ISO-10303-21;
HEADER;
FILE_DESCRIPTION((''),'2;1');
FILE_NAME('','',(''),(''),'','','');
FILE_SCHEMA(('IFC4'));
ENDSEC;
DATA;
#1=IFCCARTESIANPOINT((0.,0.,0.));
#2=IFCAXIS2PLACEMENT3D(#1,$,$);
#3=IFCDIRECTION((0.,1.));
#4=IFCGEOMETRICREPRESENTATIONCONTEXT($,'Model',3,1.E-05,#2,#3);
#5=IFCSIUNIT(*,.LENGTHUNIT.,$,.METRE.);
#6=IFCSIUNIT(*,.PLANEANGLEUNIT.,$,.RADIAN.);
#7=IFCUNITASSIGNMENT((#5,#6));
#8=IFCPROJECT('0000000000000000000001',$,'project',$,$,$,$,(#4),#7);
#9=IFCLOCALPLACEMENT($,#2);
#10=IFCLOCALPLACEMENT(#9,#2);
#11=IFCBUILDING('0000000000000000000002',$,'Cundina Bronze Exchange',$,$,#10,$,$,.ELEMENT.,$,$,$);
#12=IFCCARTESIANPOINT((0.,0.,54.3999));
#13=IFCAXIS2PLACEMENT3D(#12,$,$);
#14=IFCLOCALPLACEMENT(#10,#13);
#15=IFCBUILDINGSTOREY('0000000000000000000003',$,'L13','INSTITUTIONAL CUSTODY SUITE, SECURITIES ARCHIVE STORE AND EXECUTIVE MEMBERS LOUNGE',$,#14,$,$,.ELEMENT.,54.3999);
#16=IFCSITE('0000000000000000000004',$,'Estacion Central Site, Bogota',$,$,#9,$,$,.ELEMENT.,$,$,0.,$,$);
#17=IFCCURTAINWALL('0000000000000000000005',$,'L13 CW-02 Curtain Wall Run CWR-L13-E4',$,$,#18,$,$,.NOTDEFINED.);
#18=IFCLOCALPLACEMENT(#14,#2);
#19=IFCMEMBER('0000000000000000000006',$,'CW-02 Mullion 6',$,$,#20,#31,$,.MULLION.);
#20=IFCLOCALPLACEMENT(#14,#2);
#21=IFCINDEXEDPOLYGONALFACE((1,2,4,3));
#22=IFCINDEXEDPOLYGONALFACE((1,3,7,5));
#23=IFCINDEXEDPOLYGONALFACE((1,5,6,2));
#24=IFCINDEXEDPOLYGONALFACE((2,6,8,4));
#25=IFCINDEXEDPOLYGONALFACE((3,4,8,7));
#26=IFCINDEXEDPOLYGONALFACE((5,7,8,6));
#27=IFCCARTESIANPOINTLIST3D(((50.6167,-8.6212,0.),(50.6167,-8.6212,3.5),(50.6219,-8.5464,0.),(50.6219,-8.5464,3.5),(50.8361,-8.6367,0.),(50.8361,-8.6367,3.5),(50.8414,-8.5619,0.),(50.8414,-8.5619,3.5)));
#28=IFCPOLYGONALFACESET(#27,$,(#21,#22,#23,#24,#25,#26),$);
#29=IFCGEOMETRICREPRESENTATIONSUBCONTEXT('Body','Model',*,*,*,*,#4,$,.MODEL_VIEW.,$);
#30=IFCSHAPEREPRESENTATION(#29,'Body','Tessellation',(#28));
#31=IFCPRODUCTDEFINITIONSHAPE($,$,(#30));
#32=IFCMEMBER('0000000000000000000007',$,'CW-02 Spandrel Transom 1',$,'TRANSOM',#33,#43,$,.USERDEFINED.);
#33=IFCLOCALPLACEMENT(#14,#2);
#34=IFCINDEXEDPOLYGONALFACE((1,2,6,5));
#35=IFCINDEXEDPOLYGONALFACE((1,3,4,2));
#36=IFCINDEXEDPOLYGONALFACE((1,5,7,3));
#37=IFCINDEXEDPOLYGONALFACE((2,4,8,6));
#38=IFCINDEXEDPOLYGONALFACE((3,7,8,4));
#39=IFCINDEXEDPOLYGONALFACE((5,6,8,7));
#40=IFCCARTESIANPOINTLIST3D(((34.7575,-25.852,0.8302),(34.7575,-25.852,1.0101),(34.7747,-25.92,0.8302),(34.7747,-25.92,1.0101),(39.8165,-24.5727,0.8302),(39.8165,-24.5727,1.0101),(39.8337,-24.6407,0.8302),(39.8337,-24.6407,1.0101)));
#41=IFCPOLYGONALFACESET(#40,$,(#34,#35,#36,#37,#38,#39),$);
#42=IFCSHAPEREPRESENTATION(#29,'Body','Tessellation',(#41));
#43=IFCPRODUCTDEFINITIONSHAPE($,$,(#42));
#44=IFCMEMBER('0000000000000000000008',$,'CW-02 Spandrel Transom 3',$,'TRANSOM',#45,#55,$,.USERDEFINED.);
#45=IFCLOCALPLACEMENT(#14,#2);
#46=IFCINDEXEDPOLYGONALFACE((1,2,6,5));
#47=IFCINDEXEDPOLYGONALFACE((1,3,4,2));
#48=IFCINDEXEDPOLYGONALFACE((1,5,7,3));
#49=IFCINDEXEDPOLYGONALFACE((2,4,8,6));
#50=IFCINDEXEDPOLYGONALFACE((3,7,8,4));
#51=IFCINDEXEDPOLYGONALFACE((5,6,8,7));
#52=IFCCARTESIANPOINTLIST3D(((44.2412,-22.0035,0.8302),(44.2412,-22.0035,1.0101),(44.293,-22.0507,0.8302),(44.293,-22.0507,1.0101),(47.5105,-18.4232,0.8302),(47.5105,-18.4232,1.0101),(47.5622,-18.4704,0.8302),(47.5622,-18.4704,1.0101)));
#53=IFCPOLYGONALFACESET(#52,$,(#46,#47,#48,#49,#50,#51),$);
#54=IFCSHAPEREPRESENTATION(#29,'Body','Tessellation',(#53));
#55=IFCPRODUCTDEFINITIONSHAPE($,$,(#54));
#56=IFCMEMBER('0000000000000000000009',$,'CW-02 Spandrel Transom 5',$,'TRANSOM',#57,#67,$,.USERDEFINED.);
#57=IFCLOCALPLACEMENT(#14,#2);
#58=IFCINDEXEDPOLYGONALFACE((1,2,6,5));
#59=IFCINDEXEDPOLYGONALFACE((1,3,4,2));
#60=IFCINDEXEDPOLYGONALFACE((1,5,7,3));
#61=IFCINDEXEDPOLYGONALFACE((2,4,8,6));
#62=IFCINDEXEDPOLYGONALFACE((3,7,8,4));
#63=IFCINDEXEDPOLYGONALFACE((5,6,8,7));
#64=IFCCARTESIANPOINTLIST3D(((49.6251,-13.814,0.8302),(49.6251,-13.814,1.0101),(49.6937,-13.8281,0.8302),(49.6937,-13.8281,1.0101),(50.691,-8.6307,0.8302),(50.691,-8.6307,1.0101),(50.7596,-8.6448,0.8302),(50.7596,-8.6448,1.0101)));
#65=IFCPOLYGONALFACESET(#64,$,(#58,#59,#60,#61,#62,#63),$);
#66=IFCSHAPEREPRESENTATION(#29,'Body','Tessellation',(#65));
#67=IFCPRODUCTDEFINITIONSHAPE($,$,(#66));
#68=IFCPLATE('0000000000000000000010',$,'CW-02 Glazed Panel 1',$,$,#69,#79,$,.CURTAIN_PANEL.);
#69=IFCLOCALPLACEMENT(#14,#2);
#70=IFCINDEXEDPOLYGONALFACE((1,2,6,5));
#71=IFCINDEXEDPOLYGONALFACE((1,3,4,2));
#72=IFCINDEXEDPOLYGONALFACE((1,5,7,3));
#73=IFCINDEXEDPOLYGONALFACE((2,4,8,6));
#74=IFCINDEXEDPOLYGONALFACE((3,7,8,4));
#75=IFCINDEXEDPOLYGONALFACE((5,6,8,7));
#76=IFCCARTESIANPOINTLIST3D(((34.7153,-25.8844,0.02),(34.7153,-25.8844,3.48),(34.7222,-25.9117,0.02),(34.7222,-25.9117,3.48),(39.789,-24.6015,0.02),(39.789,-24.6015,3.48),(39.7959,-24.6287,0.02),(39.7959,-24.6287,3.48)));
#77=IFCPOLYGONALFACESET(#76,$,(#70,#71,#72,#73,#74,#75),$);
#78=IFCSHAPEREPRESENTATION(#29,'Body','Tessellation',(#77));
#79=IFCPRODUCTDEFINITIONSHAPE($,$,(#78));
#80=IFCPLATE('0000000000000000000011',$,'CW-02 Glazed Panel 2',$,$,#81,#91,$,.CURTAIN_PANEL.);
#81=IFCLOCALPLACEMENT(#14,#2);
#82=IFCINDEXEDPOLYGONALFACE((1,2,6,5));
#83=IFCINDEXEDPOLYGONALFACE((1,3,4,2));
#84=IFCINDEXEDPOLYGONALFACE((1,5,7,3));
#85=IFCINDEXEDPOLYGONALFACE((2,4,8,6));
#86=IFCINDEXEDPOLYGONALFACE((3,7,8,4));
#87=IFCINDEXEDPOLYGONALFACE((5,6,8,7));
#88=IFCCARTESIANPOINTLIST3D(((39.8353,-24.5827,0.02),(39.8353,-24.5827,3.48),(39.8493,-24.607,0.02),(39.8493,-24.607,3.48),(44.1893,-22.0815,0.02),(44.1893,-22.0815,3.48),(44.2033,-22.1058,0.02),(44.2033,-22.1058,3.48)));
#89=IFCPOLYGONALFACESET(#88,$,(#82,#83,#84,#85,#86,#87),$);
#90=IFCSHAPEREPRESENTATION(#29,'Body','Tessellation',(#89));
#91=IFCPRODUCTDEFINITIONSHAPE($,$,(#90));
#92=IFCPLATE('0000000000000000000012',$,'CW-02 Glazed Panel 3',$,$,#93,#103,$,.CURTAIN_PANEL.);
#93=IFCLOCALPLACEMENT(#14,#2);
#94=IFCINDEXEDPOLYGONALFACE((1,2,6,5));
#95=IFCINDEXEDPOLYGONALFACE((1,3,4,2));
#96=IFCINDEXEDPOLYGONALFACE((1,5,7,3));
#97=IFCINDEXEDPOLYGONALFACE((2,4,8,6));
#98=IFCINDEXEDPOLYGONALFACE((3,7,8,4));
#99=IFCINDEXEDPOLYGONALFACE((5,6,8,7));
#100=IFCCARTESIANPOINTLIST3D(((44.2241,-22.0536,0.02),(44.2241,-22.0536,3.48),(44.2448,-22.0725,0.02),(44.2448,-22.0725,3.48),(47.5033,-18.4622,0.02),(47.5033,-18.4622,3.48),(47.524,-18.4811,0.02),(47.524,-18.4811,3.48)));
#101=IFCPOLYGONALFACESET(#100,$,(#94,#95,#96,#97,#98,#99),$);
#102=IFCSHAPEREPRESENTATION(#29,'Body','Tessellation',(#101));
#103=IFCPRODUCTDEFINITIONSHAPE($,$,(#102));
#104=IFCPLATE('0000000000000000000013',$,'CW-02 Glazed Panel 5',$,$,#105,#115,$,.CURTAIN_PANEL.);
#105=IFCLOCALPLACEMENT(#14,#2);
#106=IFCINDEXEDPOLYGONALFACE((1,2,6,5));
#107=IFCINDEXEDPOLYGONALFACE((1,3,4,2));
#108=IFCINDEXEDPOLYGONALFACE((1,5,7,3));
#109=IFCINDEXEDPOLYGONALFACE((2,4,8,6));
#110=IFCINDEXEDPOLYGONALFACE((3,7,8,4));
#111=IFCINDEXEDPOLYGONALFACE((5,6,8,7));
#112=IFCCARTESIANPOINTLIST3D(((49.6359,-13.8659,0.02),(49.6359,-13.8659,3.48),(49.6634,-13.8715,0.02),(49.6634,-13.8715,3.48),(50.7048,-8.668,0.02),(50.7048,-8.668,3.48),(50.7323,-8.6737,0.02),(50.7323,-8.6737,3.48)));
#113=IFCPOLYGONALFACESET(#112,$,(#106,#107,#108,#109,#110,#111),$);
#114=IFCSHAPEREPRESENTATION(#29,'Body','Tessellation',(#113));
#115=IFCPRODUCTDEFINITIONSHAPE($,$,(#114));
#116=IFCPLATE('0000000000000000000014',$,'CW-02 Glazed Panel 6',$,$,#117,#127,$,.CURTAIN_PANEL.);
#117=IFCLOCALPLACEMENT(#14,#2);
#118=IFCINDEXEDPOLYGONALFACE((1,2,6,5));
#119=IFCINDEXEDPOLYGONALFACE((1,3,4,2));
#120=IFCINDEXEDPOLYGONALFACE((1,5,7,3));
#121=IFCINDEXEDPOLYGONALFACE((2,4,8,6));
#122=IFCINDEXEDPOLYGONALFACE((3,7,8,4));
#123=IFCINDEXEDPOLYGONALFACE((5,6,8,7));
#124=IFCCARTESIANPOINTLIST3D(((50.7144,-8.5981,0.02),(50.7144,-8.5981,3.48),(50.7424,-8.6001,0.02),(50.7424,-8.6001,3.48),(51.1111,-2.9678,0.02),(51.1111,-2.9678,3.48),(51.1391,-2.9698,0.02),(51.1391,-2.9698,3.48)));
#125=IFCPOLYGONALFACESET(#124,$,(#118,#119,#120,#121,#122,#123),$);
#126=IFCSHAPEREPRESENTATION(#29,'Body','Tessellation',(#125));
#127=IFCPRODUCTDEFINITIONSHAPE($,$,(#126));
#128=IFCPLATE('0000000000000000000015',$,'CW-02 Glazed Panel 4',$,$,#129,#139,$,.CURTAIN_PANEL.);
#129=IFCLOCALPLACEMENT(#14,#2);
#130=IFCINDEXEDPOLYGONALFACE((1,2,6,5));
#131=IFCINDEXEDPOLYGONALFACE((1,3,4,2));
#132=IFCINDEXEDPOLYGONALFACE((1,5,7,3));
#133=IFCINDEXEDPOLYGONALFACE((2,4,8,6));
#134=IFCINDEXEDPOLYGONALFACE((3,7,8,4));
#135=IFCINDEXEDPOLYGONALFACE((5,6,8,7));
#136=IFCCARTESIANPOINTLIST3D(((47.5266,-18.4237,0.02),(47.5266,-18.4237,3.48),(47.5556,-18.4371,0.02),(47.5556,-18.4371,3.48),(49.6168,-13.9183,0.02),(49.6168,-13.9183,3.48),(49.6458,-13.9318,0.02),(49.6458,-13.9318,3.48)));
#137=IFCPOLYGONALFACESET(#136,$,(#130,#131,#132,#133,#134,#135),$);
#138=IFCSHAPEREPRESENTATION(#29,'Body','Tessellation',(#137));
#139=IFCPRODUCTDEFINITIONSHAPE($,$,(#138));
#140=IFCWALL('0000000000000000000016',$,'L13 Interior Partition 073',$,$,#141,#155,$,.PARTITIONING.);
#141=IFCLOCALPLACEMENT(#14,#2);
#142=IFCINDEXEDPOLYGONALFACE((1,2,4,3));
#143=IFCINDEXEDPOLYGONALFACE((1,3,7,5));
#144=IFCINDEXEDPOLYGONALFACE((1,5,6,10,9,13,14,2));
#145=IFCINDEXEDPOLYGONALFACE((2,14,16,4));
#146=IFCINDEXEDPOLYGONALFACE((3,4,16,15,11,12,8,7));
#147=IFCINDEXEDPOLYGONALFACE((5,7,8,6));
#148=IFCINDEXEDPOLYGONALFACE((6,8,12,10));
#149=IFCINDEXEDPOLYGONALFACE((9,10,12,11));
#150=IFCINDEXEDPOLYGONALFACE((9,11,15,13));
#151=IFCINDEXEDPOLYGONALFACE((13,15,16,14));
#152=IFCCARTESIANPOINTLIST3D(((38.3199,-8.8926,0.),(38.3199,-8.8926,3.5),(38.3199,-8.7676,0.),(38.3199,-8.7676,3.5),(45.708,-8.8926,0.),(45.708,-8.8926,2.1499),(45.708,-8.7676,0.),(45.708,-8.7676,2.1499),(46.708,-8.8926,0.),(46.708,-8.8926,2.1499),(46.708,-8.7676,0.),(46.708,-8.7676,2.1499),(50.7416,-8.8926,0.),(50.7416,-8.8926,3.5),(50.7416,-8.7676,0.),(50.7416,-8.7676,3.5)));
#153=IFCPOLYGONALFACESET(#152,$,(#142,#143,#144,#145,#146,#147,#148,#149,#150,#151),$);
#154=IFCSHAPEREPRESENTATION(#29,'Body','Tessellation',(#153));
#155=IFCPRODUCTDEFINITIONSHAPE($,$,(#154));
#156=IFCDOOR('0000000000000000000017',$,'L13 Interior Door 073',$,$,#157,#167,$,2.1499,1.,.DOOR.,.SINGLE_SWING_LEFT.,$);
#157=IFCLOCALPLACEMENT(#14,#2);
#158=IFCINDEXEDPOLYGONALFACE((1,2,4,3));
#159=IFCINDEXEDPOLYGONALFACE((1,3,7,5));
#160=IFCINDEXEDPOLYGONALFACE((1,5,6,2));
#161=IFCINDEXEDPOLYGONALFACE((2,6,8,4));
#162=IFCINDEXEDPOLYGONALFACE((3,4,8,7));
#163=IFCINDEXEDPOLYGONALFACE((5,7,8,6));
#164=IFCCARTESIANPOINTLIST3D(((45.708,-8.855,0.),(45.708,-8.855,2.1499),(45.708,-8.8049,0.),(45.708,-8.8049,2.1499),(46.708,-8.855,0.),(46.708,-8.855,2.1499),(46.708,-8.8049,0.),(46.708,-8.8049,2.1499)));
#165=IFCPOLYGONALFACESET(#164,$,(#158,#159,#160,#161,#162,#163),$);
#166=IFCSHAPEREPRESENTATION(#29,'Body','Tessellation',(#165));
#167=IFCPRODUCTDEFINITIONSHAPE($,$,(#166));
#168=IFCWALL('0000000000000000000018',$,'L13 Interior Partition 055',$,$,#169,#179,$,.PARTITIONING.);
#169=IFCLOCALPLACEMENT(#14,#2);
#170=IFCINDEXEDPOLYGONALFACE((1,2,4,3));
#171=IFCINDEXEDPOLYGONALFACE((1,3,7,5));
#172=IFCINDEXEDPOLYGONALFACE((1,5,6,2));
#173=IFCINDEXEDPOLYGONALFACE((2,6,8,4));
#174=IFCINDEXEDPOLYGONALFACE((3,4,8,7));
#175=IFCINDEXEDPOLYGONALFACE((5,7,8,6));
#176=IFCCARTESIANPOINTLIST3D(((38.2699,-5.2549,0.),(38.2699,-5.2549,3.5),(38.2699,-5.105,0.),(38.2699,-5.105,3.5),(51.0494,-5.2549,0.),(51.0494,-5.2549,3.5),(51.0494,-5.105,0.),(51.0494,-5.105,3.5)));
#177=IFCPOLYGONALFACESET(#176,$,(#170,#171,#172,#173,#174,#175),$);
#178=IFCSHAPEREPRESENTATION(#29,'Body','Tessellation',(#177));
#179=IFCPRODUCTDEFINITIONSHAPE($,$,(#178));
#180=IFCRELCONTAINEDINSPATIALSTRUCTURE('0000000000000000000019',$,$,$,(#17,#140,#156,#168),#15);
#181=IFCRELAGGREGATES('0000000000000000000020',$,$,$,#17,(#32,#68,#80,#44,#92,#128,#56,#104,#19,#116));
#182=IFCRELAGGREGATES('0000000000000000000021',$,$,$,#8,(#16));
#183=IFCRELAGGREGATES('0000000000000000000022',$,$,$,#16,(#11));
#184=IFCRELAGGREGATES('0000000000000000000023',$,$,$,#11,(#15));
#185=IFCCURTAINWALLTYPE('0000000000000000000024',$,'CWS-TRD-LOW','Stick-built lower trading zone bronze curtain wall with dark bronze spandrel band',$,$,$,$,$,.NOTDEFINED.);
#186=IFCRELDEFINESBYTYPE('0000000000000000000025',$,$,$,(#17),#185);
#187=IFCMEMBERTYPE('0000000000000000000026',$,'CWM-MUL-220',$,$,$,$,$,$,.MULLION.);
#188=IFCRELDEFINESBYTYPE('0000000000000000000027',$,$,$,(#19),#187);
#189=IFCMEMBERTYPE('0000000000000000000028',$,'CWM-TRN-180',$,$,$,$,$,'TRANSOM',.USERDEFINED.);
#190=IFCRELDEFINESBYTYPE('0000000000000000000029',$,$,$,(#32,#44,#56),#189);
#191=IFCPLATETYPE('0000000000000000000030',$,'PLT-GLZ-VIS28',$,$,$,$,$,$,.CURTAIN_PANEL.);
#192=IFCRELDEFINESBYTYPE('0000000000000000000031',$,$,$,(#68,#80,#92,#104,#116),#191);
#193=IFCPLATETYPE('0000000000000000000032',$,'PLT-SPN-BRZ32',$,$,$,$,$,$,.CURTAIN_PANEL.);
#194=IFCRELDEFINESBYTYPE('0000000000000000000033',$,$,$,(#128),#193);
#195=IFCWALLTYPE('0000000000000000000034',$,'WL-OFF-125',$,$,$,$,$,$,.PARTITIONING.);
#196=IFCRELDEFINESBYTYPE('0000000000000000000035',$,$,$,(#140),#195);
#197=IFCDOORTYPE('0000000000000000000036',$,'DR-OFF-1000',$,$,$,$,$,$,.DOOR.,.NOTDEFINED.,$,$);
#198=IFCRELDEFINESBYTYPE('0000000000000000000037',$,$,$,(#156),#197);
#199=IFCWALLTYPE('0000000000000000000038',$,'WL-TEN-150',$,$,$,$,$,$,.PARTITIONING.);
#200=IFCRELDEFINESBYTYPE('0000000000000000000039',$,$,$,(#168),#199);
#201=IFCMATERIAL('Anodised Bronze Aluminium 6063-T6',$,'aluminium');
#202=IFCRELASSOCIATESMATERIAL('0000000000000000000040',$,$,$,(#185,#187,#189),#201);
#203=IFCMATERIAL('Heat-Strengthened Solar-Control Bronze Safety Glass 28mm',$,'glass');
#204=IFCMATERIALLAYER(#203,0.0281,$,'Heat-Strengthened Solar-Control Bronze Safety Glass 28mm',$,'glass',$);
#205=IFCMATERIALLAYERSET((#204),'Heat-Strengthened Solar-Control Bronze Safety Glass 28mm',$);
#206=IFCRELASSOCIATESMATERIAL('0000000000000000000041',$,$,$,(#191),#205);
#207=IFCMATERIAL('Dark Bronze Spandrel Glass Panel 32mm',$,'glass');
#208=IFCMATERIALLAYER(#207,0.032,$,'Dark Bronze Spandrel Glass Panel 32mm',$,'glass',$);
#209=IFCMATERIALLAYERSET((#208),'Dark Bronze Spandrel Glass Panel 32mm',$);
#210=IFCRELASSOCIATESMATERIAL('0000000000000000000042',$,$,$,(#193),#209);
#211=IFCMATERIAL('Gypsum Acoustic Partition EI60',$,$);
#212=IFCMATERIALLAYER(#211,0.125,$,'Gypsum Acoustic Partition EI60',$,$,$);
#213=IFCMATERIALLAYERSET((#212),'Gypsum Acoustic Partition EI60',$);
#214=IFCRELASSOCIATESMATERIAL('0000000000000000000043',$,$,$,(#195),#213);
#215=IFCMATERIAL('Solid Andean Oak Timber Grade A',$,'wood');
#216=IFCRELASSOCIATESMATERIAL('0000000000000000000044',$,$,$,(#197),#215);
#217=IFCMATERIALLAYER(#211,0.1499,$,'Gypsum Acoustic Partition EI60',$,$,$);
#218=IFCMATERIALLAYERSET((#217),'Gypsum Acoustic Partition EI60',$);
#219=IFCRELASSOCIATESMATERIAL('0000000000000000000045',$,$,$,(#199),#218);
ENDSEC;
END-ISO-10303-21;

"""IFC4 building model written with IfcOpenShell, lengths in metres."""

from ifc_helpers import new_model, si_unit, direction, frame, frame_2d, origin, origin_2d, place, context, subcontext, project, spatial, rectangle, extrude, material, layer, layer_set, material_profile, profile_set, type_object, element, fill, aggregate, save


model = new_model("IFC4")

# Units and contexts
model_context = context("Model", 3, precision=1e-05, world=origin(), true_north=direction((0.0, 1.0)))
body_context = subcontext(model_context, "Body", "Model", "MODEL_VIEW")
ifc_project = project(units=[si_unit("LENGTHUNIT", "METRE"), si_unit("PLANEANGLEUNIT", "RADIAN")], contexts=[model_context])

# Site, building, storey
site_placement = place(None, origin())
site = spatial("IfcSite", under=ifc_project, at=site_placement, Name="Estacion Central Site, Bogota", CompositionType="ELEMENT", RefElevation=0.0)
building_placement = place(site_placement, origin())
building = spatial("IfcBuilding", under=site, at=building_placement, Name="Cundina Bronze Exchange", CompositionType="ELEMENT")
storey_placement = place(building_placement, frame((0.0, 0.0, 54.3999)))
storey = spatial("IfcBuildingStorey", under=building, at=storey_placement, Name="L13", Description="INSTITUTIONAL CUSTODY SUITE, SECURITIES ARCHIVE STORE AND EXECUTIVE MEMBERS LOUNGE", CompositionType="ELEMENT", Elevation=54.3999)

# Curtain wall, members, plates
ifc_material_1 = material(Name="Anodised Bronze Aluminium 6063-T6", Category="aluminium")
curtain_wall_type = type_object("IfcCurtainWallType", Name="CWS-TRD-LOW", Description="Stick-built lower trading zone bronze curtain wall with dark bronze spandrel band", PredefinedType="NOTDEFINED", material=ifc_material_1)
curtain_wall_placement = place(storey_placement, origin())
curtain_wall = element("IfcCurtainWall", 1, at=curtain_wall_placement, inside=storey, type_object=curtain_wall_type, Name="L13 CW-02 Curtain Wall Run CWR-L13-E4", PredefinedType="NOTDEFINED")
ifc_material_profile_1 = material_profile(ifc_material_1, rectangle(XDim=0.075, YDim=0.22, at=origin_2d()), Name="AL75X220", Category="aluminium")
ifc_profile_set_1 = profile_set([ifc_material_profile_1], Name="Anodised Bronze Aluminium 6063-T6")
member_type_1 = type_object("IfcMemberType", Name="CWM-MUL-220", PredefinedType="MULLION", material=ifc_profile_set_1)
member_1_placement = place(storey_placement, frame((50.729, -8.5916, 0.0), z_axis=(0.0, 0.0, 1.0), x_axis=(0.070279, 0.997527, 0.0)))
member_1 = element("IfcMember", 2, at=member_1_placement, type_object=member_type_1, Name="CW-02 Mullion 6", PredefinedType="MULLION", context=body_context, shape_type="SweptSolid", body=[
    extrude(rectangle(XDim=0.075, YDim=0.22, at=origin_2d()), origin(), (0.0, 0.0, 1.0), 3.5),
])
ifc_material_profile_2 = material_profile(ifc_material_1, rectangle(XDim=0.0701, YDim=0.1799, at=origin_2d()), Name="AL70X180", Category="aluminium")
ifc_profile_set_2 = profile_set([ifc_material_profile_2], Name="Anodised Bronze Aluminium 6063-T6")
member_type_2 = type_object("IfcMemberType", Name="CWM-TRN-180", ElementType="TRANSOM", PredefinedType="USERDEFINED", material=ifc_profile_set_2)
member_2_placement = place(storey_placement, frame((34.7661, -25.886, 0.9202), z_axis=(0.969484, 0.245155, 0.0), x_axis=(-0.245155, 0.969484, 0.0)))
member_2 = element("IfcMember", 3, at=member_2_placement, type_object=member_type_2, Name="CW-02 Spandrel Transom 1", ObjectType="TRANSOM", PredefinedType="USERDEFINED", context=body_context, shape_type="SweptSolid", body=[
    extrude(rectangle(XDim=0.0701, YDim=0.1799, at=origin_2d()), origin(), (0.0, 0.0, 1.0), 5.2183),
])
member_3_placement = place(storey_placement, frame((44.2671, -22.0271, 0.9202), z_axis=(0.674303, 0.738455, 0.0), x_axis=(-0.738455, 0.674303, 0.0)))
member_3 = element("IfcMember", 4, at=member_3_placement, type_object=member_type_2, Name="CW-02 Spandrel Transom 3", ObjectType="TRANSOM", PredefinedType="USERDEFINED", context=body_context, shape_type="SweptSolid", body=[
    extrude(rectangle(XDim=0.0701, YDim=0.1799, at=origin_2d()), origin(), (0.0, 0.0, 1.0), 4.8484),
])
member_4_placement = place(storey_placement, frame((49.6594, -13.821, 0.9202), z_axis=(0.201428, 0.979503, 0.0), x_axis=(-0.979503, 0.201428, 0.0)))
member_4 = element("IfcMember", 5, at=member_4_placement, type_object=member_type_2, Name="CW-02 Spandrel Transom 5", ObjectType="TRANSOM", PredefinedType="USERDEFINED", context=body_context, shape_type="SweptSolid", body=[
    extrude(rectangle(XDim=0.0701, YDim=0.1799, at=origin_2d()), origin(), (0.0, 0.0, 1.0), 5.2917),
])
ifc_material_2 = material(Name="Heat-Strengthened Solar-Control Bronze Safety Glass 28mm", Category="glass")
ifc_layer_1 = layer(ifc_material_2, 0.0281, Name="Heat-Strengthened Solar-Control Bronze Safety Glass 28mm", Category="glass")
ifc_layer_set_1 = layer_set([ifc_layer_1], Name="Heat-Strengthened Solar-Control Bronze Safety Glass 28mm")
plate_type_1 = type_object("IfcPlateType", Name="PLT-GLZ-VIS28", PredefinedType="CURTAIN_PANEL", material=ifc_layer_set_1)
plate_1_placement = place(storey_placement, frame((37.2556, -25.2566, 0.02), z_axis=(0.0, 0.0, 1.0), x_axis=(0.969488, 0.245138, 0.0)))
plate_1 = element("IfcPlate", 6, at=plate_1_placement, type_object=plate_type_1, Name="CW-02 Glazed Panel 1", PredefinedType="CURTAIN_PANEL", context=body_context, shape_type="SweptSolid", body=[
    extrude(rectangle(XDim=5.2334, YDim=0.0281, at=origin_2d()), origin(), (0.0, 0.0, 1.0), 3.46),
])
plate_2_placement = place(storey_placement, frame((42.0193, -23.3442, 0.02), z_axis=(0.0, 0.0, 1.0), x_axis=(0.867105, 0.498125, 0.0)))
plate_2 = element("IfcPlate", 7, at=plate_2_placement, type_object=plate_type_1, Name="CW-02 Glazed Panel 2", PredefinedType="CURTAIN_PANEL", context=body_context, shape_type="SweptSolid", body=[
    extrude(rectangle(XDim=5.0212, YDim=0.0281, at=origin_2d()), origin(), (0.0, 0.0, 1.0), 3.46),
])
plate_3_placement = place(storey_placement, frame((45.874, -20.2673, 0.02), z_axis=(0.0, 0.0, 1.0), x_axis=(0.674277, 0.738479, 0.0)))
plate_3 = element("IfcPlate", 8, at=plate_3_placement, type_object=plate_type_1, Name="CW-02 Glazed Panel 3", PredefinedType="CURTAIN_PANEL", context=body_context, shape_type="SweptSolid", body=[
    extrude(rectangle(XDim=4.8633, YDim=0.0281, at=origin_2d()), origin(), (0.0, 0.0, 1.0), 3.46),
])
plate_4_placement = place(storey_placement, frame((50.1841, -11.2698, 0.02), z_axis=(0.0, 0.0, 1.0), x_axis=(0.20142, 0.979505, 0.0)))
plate_4 = element("IfcPlate", 9, at=plate_4_placement, type_object=plate_type_1, Name="CW-02 Glazed Panel 5", PredefinedType="CURTAIN_PANEL", context=body_context, shape_type="SweptSolid", body=[
    extrude(rectangle(XDim=5.3066, YDim=0.0281, at=origin_2d()), origin(), (0.0, 0.0, 1.0), 3.46),
])
plate_5_placement = place(storey_placement, frame((50.9268, -5.7839, 0.02), z_axis=(0.0, 0.0, 1.0), x_axis=(0.070279, 0.997527, 0.0)))
plate_5 = element("IfcPlate", 10, at=plate_5_placement, type_object=plate_type_1, Name="CW-02 Glazed Panel 6", PredefinedType="CURTAIN_PANEL", context=body_context, shape_type="SweptSolid", body=[
    extrude(rectangle(XDim=5.6443, YDim=0.0281, at=origin_2d()), origin(), (0.0, 0.0, 1.0), 3.46),
])
ifc_material_3 = material(Name="Dark Bronze Spandrel Glass Panel 32mm", Category="glass")
ifc_layer_2 = layer(ifc_material_3, 0.032, Name="Dark Bronze Spandrel Glass Panel 32mm", Category="glass")
ifc_layer_set_2 = layer_set([ifc_layer_2], Name="Dark Bronze Spandrel Glass Panel 32mm")
plate_type_2 = type_object("IfcPlateType", Name="PLT-SPN-BRZ32", PredefinedType="CURTAIN_PANEL", material=ifc_layer_set_2)
plate_6_placement = place(storey_placement, frame((48.5862, -16.1777, 0.02), z_axis=(0.0, 0.0, 1.0), x_axis=(0.420846, 0.907132, 0.0)))
plate_6 = element("IfcPlate", 11, at=plate_6_placement, type_object=plate_type_2, Name="CW-02 Glazed Panel 4", PredefinedType="CURTAIN_PANEL", context=body_context, shape_type="SweptSolid", body=[
    extrude(rectangle(XDim=4.9666, YDim=0.032, at=origin_2d()), origin(), (0.0, 0.0, 1.0), 3.46),
])
aggregate(curtain_wall, [member_2, plate_1, plate_2, member_3, plate_3, plate_6, member_4, plate_4, member_1, plate_5])

# Wall, opening, door
ifc_material_4 = material(Name="Gypsum Acoustic Partition EI60")
ifc_layer_3 = layer(ifc_material_4, 0.125, Name="Gypsum Acoustic Partition EI60")
ifc_layer_set_3 = layer_set([ifc_layer_3], Name="Gypsum Acoustic Partition EI60")
wall_type_1 = type_object("IfcWallType", Name="WL-OFF-125", PredefinedType="PARTITIONING", material=ifc_layer_set_3)
wall_1_placement = place(storey_placement, frame((50.7417, -8.8301, 0.0), z_axis=(0.0, 0.0, 1.0), x_axis=(-1.0, 0.0, 0.0)))
wall_1 = element("IfcWall", 12, at=wall_1_placement, inside=storey, type_object=wall_type_1, Name="L13 Interior Partition 073", PredefinedType="PARTITIONING", context=body_context, shape_type="SweptSolid", body=[
    extrude(rectangle(XDim=12.4216, YDim=0.125, at=frame_2d((6.2109, 0.0))), origin(), (0.0, 0.0, 1.0), 3.5),
])
opening_placement = place(wall_1_placement, frame((4.0337, 0.0, 0.0)))
opening = element("IfcOpeningElement", 13, at=opening_placement, cuts=wall_1, PredefinedType="OPENING", context=body_context, shape_type="SweptSolid", body=[
    extrude(rectangle(XDim=1.0, YDim=2.1499, at=frame_2d((0.5, 1.075))), frame((0.0, 0.0725, 0.0), z_axis=(0.0, -1.0, 0.0), x_axis=(1.0, 0.0, 0.0)), (0.0, 0.0, 1.0), 0.145),
])
ifc_material_5 = material(Name="Solid Andean Oak Timber Grade A", Category="wood")
door_type = type_object("IfcDoorType", Name="DR-OFF-1000", OperationType="NOTDEFINED", PredefinedType="DOOR", material=ifc_material_5)
door_placement = place(opening_placement, origin())
door = element("IfcDoor", 14, at=door_placement, inside=storey, type_object=door_type, Name="L13 Interior Door 073", OperationType="SINGLE_SWING_LEFT", OverallHeight=2.1499, OverallWidth=1.0, PredefinedType="DOOR", context=body_context, shape_type="SweptSolid", body=[
    extrude(rectangle(XDim=1.0, YDim=2.1499, at=frame_2d((0.5, 1.075))), frame((0.0, 0.0249, 0.0), z_axis=(0.0, -1.0, 0.0), x_axis=(1.0, 0.0, 0.0)), (0.0, 0.0, 1.0), 0.05),
])
fill(opening, door)

# Wall
ifc_layer_4 = layer(ifc_material_4, 0.1499, Name="Gypsum Acoustic Partition EI60")
ifc_layer_set_4 = layer_set([ifc_layer_4], Name="Gypsum Acoustic Partition EI60")
wall_type_2 = type_object("IfcWallType", Name="WL-TEN-150", PredefinedType="PARTITIONING", material=ifc_layer_set_4)
wall_2_placement = place(storey_placement, frame((38.27, -5.1799, 0.0), z_axis=(0.0, 0.0, 1.0), x_axis=(1.0, 0.0, 0.0)))
element("IfcWall", 15, at=wall_2_placement, inside=storey, type_object=wall_type_2, Name="L13 Interior Partition 055", PredefinedType="PARTITIONING", context=body_context, shape_type="SweptSolid", body=[
    extrude(rectangle(XDim=12.7795, YDim=0.1499, at=frame_2d((6.3896, 0.0))), origin(), (0.0, 0.0, 1.0), 3.5),
])

save(model, "model.ifc")
